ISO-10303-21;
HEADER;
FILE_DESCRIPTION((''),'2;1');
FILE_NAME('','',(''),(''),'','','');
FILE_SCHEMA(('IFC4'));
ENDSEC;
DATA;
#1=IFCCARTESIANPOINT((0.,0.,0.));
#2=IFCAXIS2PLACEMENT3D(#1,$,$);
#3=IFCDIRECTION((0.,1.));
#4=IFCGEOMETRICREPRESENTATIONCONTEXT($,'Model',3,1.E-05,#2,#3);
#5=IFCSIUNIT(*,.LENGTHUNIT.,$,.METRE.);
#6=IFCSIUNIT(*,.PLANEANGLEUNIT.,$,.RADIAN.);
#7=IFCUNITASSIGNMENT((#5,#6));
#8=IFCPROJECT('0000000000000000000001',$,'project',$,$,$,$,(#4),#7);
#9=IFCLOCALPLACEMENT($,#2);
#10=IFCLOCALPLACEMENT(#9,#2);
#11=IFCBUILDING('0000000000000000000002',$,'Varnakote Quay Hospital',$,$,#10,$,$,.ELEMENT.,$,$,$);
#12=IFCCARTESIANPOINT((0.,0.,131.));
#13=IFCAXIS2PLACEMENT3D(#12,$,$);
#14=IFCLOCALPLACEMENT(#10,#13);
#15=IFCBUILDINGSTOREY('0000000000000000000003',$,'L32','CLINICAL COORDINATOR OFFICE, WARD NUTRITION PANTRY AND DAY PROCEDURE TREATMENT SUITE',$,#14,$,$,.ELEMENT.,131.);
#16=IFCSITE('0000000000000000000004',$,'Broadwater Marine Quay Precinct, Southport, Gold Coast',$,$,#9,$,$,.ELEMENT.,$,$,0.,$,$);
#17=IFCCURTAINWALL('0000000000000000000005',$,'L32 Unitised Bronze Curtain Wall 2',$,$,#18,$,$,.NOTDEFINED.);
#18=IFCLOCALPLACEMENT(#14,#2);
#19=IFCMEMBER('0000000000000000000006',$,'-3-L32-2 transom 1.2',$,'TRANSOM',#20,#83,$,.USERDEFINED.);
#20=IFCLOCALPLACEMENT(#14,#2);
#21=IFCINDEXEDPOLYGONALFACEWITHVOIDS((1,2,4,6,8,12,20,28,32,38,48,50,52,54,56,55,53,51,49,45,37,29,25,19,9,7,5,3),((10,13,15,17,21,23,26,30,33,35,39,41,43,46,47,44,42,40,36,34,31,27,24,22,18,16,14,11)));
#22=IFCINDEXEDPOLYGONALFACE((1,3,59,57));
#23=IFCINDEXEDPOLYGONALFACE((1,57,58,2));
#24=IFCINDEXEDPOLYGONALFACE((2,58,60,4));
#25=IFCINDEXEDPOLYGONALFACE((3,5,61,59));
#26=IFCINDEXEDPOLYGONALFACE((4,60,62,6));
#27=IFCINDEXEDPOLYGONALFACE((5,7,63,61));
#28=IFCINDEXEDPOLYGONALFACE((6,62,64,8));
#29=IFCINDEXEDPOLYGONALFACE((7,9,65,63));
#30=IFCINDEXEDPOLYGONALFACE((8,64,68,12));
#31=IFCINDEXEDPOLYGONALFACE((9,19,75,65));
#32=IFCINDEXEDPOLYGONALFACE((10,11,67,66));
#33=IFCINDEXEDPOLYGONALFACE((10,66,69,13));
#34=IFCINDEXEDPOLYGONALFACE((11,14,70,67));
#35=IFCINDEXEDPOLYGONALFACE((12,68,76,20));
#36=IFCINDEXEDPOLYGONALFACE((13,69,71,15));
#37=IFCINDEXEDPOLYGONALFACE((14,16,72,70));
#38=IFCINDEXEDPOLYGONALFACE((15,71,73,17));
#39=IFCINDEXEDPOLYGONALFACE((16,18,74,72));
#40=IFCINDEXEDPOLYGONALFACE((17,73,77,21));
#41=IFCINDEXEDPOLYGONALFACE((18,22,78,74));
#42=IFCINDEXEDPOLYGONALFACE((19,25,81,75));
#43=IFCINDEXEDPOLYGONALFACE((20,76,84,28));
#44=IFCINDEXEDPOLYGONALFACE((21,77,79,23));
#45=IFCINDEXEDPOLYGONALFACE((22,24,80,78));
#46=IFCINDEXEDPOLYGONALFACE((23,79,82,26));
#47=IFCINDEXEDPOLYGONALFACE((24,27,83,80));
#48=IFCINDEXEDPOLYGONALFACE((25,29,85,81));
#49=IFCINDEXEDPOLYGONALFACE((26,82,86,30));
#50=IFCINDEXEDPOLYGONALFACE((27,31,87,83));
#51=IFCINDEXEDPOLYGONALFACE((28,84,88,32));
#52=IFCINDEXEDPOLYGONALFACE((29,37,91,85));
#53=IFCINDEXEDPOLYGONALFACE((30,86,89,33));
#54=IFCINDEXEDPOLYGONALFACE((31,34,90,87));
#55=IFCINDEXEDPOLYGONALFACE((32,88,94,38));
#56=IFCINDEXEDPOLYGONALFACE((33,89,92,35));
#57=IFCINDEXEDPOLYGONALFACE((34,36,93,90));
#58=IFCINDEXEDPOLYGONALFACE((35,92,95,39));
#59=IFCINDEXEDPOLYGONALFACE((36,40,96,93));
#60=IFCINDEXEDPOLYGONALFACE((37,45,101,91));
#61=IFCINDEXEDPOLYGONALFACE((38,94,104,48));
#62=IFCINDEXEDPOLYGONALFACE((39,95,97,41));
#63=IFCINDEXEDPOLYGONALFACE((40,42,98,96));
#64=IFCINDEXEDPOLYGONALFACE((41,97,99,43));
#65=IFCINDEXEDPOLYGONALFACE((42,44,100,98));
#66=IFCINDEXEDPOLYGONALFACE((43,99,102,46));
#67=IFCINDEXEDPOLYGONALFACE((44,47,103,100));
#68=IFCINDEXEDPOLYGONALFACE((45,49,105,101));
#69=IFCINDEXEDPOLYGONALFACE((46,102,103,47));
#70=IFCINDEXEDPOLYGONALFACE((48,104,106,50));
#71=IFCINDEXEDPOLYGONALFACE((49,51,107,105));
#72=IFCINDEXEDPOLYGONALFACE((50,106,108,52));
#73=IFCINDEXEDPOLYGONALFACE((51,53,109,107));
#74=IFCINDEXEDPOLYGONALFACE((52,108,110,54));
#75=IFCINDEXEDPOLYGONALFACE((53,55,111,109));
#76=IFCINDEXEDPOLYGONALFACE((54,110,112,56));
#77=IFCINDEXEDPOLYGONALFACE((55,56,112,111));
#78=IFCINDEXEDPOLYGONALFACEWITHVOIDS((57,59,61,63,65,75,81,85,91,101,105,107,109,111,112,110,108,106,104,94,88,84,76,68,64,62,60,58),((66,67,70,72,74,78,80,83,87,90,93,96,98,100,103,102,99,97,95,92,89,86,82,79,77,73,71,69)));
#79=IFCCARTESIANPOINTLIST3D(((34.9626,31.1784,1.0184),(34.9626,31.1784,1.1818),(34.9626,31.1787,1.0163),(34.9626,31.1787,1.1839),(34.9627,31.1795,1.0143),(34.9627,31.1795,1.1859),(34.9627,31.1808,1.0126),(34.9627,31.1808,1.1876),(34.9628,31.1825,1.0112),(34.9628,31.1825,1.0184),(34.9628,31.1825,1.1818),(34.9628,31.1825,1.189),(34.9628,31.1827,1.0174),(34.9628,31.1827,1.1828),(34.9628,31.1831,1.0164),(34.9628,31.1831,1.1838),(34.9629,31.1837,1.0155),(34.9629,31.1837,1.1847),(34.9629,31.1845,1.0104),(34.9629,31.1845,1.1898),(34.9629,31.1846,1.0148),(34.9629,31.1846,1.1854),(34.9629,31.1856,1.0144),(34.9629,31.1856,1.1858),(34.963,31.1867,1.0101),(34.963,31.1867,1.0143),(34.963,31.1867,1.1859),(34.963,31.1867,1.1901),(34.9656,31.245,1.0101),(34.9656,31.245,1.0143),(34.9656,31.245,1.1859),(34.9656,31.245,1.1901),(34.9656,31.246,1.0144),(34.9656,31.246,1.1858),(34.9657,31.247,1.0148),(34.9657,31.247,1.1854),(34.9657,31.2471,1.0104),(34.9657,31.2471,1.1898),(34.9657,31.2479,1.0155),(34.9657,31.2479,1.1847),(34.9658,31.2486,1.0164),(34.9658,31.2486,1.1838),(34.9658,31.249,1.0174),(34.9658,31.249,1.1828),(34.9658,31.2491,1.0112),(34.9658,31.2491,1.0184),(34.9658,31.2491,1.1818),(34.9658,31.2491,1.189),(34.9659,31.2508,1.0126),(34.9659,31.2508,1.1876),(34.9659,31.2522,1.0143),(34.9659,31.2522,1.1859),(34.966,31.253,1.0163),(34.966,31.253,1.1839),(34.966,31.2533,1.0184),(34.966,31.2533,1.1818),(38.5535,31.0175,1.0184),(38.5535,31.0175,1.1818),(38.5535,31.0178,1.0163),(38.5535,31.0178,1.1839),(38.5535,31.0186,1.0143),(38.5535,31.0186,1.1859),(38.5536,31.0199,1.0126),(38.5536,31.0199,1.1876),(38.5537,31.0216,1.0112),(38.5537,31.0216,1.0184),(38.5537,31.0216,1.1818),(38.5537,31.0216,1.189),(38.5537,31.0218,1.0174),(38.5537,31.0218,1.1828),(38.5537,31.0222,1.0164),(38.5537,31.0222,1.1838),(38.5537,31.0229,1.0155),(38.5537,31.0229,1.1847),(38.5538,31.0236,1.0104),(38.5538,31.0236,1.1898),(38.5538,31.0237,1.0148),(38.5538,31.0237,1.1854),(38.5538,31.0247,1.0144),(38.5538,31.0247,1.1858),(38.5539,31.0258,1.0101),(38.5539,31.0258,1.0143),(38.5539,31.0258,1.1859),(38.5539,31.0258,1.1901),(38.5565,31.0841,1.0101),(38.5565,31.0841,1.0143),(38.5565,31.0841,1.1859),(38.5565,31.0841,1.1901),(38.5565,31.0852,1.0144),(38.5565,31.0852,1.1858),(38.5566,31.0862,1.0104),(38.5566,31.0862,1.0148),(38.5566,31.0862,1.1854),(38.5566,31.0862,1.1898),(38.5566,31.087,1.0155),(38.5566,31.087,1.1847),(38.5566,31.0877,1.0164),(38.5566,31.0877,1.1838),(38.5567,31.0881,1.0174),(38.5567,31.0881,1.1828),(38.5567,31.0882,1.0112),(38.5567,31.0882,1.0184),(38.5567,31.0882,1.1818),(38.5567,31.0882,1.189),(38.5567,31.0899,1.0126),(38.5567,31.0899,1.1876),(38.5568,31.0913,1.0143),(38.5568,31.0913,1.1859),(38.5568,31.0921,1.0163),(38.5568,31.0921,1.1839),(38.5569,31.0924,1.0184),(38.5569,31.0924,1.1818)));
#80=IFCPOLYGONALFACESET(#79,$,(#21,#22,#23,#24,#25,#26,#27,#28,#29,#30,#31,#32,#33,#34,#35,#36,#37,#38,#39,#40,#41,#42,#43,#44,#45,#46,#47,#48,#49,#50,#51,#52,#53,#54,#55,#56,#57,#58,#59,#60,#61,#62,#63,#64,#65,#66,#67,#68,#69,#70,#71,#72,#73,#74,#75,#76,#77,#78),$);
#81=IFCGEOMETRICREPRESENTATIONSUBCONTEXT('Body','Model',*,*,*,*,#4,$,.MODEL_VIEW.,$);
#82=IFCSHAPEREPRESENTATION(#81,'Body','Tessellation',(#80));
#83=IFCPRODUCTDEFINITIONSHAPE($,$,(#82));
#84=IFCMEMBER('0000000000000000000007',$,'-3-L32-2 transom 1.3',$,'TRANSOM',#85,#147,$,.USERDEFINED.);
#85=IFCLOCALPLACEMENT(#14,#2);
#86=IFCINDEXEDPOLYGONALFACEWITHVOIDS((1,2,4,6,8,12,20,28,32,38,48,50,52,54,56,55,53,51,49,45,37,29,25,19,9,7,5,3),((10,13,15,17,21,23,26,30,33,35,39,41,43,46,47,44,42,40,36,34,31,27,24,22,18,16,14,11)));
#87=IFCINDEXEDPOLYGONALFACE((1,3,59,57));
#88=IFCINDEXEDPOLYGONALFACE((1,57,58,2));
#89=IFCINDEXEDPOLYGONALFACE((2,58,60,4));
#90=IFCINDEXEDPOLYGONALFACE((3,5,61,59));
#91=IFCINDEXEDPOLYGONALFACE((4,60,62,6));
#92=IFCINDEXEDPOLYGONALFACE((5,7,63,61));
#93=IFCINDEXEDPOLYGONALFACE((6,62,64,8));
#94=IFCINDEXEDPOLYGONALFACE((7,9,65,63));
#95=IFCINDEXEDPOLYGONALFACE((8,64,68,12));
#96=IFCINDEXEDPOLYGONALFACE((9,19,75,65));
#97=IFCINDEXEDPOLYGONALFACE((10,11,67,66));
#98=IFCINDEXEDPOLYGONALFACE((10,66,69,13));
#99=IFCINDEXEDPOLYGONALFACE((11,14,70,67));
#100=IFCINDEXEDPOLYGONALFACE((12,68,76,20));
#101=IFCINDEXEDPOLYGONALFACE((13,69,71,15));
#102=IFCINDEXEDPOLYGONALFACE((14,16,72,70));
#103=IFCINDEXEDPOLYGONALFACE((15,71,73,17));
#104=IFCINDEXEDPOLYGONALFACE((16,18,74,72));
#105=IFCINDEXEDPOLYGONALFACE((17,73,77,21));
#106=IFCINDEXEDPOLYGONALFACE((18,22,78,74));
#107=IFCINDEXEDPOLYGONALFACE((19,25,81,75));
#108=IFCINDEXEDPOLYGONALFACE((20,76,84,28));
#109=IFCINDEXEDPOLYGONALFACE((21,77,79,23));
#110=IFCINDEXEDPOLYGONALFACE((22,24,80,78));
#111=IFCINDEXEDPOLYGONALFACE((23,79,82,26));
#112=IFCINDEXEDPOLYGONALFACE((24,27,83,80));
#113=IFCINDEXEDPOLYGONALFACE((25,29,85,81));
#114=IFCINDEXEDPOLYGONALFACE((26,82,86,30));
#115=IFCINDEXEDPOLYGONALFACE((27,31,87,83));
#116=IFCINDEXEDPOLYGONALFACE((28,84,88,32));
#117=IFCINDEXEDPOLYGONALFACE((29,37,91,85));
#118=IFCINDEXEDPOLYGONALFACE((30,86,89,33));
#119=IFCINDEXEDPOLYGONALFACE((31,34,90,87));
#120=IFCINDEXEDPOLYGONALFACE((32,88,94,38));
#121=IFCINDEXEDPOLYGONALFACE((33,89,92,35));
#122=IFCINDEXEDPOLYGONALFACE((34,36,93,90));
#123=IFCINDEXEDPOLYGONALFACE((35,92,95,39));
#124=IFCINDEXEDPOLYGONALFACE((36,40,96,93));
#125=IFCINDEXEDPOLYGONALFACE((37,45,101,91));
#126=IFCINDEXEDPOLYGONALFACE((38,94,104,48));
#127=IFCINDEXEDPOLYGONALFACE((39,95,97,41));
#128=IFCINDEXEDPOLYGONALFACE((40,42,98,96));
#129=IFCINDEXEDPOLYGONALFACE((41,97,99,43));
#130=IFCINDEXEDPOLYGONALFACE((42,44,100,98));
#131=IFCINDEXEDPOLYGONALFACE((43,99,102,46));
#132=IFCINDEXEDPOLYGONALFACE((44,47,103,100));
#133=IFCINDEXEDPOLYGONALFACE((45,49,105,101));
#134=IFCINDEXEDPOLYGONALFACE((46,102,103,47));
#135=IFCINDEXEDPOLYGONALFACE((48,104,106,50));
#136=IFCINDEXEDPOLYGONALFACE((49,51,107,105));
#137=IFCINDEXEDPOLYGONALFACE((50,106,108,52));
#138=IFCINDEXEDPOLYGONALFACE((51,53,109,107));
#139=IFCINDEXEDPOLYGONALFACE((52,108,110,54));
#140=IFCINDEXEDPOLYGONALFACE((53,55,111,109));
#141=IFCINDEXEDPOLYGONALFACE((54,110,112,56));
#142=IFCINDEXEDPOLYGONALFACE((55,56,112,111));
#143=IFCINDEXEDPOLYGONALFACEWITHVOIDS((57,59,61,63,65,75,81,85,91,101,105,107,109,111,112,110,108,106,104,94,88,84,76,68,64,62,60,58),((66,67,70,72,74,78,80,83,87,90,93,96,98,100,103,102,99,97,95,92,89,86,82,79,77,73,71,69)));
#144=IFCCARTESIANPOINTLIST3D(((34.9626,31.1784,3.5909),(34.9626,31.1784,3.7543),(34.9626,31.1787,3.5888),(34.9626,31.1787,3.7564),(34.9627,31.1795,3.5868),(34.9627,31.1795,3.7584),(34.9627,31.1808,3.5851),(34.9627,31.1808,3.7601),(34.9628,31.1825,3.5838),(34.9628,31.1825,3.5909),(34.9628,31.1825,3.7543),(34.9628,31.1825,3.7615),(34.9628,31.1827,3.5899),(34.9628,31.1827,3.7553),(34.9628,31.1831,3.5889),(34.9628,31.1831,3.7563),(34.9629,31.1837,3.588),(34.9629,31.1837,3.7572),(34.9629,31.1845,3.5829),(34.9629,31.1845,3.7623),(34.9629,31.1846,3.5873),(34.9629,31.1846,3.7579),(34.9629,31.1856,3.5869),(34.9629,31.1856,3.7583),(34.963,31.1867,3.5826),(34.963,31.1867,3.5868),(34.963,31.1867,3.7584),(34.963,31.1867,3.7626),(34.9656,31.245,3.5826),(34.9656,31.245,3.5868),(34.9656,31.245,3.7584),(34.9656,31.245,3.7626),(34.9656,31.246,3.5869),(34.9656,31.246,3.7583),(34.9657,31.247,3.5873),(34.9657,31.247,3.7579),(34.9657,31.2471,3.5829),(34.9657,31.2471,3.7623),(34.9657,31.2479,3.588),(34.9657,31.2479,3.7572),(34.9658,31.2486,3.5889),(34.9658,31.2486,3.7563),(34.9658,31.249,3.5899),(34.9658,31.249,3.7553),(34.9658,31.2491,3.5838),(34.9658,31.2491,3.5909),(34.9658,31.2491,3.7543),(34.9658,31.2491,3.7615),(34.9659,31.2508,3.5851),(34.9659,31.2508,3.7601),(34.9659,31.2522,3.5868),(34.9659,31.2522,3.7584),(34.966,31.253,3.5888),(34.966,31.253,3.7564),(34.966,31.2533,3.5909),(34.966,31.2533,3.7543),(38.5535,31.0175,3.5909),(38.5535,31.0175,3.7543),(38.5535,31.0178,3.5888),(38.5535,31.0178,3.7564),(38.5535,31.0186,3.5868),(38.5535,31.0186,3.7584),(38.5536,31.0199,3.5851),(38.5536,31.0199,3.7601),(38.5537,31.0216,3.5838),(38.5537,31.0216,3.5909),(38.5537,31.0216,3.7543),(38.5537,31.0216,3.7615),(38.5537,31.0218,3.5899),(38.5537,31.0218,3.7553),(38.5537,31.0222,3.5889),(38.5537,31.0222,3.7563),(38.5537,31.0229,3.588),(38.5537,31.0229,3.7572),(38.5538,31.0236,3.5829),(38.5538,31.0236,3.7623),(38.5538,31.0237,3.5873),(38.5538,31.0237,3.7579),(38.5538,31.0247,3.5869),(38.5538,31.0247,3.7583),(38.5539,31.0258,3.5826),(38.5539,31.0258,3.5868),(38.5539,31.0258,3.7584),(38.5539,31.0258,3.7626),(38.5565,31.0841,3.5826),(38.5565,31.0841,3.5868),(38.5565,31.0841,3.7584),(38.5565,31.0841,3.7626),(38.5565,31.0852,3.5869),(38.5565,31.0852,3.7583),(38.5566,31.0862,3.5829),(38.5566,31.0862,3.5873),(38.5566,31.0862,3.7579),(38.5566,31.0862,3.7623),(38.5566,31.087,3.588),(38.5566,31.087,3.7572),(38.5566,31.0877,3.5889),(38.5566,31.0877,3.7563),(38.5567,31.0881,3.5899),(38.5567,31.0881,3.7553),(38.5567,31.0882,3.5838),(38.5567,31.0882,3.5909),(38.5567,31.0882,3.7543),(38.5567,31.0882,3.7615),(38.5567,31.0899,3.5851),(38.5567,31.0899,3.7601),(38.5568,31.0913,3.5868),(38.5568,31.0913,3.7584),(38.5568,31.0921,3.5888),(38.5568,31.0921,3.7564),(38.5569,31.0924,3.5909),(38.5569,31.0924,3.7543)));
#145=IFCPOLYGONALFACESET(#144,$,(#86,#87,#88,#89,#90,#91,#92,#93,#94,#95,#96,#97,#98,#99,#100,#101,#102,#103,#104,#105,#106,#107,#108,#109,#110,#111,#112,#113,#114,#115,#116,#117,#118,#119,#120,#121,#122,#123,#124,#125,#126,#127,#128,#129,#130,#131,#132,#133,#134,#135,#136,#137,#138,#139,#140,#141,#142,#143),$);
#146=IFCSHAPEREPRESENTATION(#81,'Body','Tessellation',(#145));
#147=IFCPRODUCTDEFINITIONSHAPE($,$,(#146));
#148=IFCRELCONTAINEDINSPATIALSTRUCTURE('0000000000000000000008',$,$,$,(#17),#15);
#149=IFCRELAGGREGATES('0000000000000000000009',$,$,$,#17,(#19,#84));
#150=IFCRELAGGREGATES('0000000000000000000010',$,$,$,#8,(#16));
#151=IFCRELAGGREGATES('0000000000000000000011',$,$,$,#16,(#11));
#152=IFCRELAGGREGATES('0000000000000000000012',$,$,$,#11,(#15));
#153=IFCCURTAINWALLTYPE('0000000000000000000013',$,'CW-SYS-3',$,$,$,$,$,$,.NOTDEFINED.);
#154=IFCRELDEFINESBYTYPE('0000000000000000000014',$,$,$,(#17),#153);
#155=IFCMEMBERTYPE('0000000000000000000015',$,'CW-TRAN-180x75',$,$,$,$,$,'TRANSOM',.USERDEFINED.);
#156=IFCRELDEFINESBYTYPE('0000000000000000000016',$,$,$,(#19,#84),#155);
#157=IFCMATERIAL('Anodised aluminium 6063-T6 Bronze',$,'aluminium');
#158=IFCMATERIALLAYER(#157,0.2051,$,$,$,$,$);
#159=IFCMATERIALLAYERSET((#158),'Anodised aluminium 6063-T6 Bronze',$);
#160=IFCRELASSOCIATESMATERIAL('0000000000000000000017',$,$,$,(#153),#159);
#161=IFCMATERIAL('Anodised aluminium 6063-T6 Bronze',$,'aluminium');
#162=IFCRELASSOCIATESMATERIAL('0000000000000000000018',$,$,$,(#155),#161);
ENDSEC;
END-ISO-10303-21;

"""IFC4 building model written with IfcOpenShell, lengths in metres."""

from ifc_helpers import new_model, si_unit, direction, frame, origin, origin_2d, place, context, subcontext, project, spatial, hollow_rectangle, extrude, material, layer, layer_set, material_profile, profile_set, type_object, element, aggregate, save


model = new_model("IFC4")

# Units and contexts
model_context = context("Model", 3, precision=1e-05, world=origin(), true_north=direction((0.0, 1.0)))
body_context = subcontext(model_context, "Body", "Model", "MODEL_VIEW")
ifc_project = project(units=[si_unit("LENGTHUNIT", "METRE"), si_unit("PLANEANGLEUNIT", "RADIAN")], contexts=[model_context])

# Site, building, storey
site_placement = place(None, origin())
site = spatial("IfcSite", under=ifc_project, at=site_placement, Name="Broadwater Marine Quay Precinct, Southport, Gold Coast", CompositionType="ELEMENT", RefElevation=0.0)
building_placement = place(site_placement, origin())
building = spatial("IfcBuilding", under=site, at=building_placement, Name="Varnakote Quay Hospital", CompositionType="ELEMENT")
storey_placement = place(building_placement, frame((0.0, 0.0, 131.0)))
storey = spatial("IfcBuildingStorey", under=building, at=storey_placement, Name="L32", Description="CLINICAL COORDINATOR OFFICE, WARD NUTRITION PANTRY AND DAY PROCEDURE TREATMENT SUITE", CompositionType="ELEMENT", Elevation=131.0)

# Shared definitions
ifc_material_1 = material(Name="Anodised aluminium 6063-T6 Bronze", Category="aluminium")
ifc_layer_1 = layer(ifc_material_1, 0.2051)
ifc_layer_set_1 = layer_set([ifc_layer_1], Name="Anodised aluminium 6063-T6 Bronze")
curtain_wall_type = type_object("IfcCurtainWallType", Name="CW-SYS-3", PredefinedType="NOTDEFINED", material=ifc_layer_set_1)

# Curtain wall, members
curtain_wall_1_placement = place(storey_placement, origin())
curtain_wall_1 = element("IfcCurtainWall", 1, at=curtain_wall_1_placement, inside=storey, type_object=curtain_wall_type, Name="L32 Unitised Bronze Curtain Wall 2", PredefinedType="NOTDEFINED")
ifc_material_2 = material(Name="Anodised aluminium 6063-T6 Bronze", Category="aluminium")
ifc_material_profile_1 = material_profile(ifc_material_2, hollow_rectangle(XDim=0.075, YDim=0.1799, WallThickness=0.0042, InnerFilletRadius=0.0042, OuterFilletRadius=0.0083, at=origin_2d()), Name="CW-TRAN-180x75")
ifc_profile_set_1 = profile_set([ifc_material_profile_1], Name="Anodised aluminium 6063-T6 Bronze")
member_type_1 = type_object("IfcMemberType", Name="CW-TRAN-180x75", ElementType="TRANSOM", PredefinedType="USERDEFINED", material=ifc_profile_set_1)
member_1_placement = place(storey_placement, frame((38.5552, 31.0549, 1.1001), z_axis=(-0.998998, 0.044761, 0.0), x_axis=(-0.044761, -0.998998, 0.0)))
member_1 = element("IfcMember", 2, at=member_1_placement, type_object=member_type_1, Name="-3-L32-2 transom 1.2", ObjectType="TRANSOM", PredefinedType="USERDEFINED", context=body_context, shape_type="SweptSolid", body=[
    extrude(hollow_rectangle(XDim=0.075, YDim=0.1799, WallThickness=0.0042, InnerFilletRadius=0.0042, OuterFilletRadius=0.0083, at=origin_2d()), origin(), (0.0, 0.0, 1.0), 3.5945),
])
member_2_placement = place(storey_placement, frame((38.5552, 31.0549, 3.6726), z_axis=(-0.998998, 0.044761, 0.0), x_axis=(-0.044761, -0.998998, 0.0)))
member_2 = element("IfcMember", 3, at=member_2_placement, type_object=member_type_1, Name="-3-L32-2 transom 1.3", ObjectType="TRANSOM", PredefinedType="USERDEFINED", context=body_context, shape_type="SweptSolid", body=[
    extrude(hollow_rectangle(XDim=0.075, YDim=0.1799, WallThickness=0.0042, InnerFilletRadius=0.0042, OuterFilletRadius=0.0083, at=origin_2d()), origin(), (0.0, 0.0, 1.0), 3.5945),
])

aggregate(curtain_wall_1, [member_1, member_2])

save(model, "model.ifc")
